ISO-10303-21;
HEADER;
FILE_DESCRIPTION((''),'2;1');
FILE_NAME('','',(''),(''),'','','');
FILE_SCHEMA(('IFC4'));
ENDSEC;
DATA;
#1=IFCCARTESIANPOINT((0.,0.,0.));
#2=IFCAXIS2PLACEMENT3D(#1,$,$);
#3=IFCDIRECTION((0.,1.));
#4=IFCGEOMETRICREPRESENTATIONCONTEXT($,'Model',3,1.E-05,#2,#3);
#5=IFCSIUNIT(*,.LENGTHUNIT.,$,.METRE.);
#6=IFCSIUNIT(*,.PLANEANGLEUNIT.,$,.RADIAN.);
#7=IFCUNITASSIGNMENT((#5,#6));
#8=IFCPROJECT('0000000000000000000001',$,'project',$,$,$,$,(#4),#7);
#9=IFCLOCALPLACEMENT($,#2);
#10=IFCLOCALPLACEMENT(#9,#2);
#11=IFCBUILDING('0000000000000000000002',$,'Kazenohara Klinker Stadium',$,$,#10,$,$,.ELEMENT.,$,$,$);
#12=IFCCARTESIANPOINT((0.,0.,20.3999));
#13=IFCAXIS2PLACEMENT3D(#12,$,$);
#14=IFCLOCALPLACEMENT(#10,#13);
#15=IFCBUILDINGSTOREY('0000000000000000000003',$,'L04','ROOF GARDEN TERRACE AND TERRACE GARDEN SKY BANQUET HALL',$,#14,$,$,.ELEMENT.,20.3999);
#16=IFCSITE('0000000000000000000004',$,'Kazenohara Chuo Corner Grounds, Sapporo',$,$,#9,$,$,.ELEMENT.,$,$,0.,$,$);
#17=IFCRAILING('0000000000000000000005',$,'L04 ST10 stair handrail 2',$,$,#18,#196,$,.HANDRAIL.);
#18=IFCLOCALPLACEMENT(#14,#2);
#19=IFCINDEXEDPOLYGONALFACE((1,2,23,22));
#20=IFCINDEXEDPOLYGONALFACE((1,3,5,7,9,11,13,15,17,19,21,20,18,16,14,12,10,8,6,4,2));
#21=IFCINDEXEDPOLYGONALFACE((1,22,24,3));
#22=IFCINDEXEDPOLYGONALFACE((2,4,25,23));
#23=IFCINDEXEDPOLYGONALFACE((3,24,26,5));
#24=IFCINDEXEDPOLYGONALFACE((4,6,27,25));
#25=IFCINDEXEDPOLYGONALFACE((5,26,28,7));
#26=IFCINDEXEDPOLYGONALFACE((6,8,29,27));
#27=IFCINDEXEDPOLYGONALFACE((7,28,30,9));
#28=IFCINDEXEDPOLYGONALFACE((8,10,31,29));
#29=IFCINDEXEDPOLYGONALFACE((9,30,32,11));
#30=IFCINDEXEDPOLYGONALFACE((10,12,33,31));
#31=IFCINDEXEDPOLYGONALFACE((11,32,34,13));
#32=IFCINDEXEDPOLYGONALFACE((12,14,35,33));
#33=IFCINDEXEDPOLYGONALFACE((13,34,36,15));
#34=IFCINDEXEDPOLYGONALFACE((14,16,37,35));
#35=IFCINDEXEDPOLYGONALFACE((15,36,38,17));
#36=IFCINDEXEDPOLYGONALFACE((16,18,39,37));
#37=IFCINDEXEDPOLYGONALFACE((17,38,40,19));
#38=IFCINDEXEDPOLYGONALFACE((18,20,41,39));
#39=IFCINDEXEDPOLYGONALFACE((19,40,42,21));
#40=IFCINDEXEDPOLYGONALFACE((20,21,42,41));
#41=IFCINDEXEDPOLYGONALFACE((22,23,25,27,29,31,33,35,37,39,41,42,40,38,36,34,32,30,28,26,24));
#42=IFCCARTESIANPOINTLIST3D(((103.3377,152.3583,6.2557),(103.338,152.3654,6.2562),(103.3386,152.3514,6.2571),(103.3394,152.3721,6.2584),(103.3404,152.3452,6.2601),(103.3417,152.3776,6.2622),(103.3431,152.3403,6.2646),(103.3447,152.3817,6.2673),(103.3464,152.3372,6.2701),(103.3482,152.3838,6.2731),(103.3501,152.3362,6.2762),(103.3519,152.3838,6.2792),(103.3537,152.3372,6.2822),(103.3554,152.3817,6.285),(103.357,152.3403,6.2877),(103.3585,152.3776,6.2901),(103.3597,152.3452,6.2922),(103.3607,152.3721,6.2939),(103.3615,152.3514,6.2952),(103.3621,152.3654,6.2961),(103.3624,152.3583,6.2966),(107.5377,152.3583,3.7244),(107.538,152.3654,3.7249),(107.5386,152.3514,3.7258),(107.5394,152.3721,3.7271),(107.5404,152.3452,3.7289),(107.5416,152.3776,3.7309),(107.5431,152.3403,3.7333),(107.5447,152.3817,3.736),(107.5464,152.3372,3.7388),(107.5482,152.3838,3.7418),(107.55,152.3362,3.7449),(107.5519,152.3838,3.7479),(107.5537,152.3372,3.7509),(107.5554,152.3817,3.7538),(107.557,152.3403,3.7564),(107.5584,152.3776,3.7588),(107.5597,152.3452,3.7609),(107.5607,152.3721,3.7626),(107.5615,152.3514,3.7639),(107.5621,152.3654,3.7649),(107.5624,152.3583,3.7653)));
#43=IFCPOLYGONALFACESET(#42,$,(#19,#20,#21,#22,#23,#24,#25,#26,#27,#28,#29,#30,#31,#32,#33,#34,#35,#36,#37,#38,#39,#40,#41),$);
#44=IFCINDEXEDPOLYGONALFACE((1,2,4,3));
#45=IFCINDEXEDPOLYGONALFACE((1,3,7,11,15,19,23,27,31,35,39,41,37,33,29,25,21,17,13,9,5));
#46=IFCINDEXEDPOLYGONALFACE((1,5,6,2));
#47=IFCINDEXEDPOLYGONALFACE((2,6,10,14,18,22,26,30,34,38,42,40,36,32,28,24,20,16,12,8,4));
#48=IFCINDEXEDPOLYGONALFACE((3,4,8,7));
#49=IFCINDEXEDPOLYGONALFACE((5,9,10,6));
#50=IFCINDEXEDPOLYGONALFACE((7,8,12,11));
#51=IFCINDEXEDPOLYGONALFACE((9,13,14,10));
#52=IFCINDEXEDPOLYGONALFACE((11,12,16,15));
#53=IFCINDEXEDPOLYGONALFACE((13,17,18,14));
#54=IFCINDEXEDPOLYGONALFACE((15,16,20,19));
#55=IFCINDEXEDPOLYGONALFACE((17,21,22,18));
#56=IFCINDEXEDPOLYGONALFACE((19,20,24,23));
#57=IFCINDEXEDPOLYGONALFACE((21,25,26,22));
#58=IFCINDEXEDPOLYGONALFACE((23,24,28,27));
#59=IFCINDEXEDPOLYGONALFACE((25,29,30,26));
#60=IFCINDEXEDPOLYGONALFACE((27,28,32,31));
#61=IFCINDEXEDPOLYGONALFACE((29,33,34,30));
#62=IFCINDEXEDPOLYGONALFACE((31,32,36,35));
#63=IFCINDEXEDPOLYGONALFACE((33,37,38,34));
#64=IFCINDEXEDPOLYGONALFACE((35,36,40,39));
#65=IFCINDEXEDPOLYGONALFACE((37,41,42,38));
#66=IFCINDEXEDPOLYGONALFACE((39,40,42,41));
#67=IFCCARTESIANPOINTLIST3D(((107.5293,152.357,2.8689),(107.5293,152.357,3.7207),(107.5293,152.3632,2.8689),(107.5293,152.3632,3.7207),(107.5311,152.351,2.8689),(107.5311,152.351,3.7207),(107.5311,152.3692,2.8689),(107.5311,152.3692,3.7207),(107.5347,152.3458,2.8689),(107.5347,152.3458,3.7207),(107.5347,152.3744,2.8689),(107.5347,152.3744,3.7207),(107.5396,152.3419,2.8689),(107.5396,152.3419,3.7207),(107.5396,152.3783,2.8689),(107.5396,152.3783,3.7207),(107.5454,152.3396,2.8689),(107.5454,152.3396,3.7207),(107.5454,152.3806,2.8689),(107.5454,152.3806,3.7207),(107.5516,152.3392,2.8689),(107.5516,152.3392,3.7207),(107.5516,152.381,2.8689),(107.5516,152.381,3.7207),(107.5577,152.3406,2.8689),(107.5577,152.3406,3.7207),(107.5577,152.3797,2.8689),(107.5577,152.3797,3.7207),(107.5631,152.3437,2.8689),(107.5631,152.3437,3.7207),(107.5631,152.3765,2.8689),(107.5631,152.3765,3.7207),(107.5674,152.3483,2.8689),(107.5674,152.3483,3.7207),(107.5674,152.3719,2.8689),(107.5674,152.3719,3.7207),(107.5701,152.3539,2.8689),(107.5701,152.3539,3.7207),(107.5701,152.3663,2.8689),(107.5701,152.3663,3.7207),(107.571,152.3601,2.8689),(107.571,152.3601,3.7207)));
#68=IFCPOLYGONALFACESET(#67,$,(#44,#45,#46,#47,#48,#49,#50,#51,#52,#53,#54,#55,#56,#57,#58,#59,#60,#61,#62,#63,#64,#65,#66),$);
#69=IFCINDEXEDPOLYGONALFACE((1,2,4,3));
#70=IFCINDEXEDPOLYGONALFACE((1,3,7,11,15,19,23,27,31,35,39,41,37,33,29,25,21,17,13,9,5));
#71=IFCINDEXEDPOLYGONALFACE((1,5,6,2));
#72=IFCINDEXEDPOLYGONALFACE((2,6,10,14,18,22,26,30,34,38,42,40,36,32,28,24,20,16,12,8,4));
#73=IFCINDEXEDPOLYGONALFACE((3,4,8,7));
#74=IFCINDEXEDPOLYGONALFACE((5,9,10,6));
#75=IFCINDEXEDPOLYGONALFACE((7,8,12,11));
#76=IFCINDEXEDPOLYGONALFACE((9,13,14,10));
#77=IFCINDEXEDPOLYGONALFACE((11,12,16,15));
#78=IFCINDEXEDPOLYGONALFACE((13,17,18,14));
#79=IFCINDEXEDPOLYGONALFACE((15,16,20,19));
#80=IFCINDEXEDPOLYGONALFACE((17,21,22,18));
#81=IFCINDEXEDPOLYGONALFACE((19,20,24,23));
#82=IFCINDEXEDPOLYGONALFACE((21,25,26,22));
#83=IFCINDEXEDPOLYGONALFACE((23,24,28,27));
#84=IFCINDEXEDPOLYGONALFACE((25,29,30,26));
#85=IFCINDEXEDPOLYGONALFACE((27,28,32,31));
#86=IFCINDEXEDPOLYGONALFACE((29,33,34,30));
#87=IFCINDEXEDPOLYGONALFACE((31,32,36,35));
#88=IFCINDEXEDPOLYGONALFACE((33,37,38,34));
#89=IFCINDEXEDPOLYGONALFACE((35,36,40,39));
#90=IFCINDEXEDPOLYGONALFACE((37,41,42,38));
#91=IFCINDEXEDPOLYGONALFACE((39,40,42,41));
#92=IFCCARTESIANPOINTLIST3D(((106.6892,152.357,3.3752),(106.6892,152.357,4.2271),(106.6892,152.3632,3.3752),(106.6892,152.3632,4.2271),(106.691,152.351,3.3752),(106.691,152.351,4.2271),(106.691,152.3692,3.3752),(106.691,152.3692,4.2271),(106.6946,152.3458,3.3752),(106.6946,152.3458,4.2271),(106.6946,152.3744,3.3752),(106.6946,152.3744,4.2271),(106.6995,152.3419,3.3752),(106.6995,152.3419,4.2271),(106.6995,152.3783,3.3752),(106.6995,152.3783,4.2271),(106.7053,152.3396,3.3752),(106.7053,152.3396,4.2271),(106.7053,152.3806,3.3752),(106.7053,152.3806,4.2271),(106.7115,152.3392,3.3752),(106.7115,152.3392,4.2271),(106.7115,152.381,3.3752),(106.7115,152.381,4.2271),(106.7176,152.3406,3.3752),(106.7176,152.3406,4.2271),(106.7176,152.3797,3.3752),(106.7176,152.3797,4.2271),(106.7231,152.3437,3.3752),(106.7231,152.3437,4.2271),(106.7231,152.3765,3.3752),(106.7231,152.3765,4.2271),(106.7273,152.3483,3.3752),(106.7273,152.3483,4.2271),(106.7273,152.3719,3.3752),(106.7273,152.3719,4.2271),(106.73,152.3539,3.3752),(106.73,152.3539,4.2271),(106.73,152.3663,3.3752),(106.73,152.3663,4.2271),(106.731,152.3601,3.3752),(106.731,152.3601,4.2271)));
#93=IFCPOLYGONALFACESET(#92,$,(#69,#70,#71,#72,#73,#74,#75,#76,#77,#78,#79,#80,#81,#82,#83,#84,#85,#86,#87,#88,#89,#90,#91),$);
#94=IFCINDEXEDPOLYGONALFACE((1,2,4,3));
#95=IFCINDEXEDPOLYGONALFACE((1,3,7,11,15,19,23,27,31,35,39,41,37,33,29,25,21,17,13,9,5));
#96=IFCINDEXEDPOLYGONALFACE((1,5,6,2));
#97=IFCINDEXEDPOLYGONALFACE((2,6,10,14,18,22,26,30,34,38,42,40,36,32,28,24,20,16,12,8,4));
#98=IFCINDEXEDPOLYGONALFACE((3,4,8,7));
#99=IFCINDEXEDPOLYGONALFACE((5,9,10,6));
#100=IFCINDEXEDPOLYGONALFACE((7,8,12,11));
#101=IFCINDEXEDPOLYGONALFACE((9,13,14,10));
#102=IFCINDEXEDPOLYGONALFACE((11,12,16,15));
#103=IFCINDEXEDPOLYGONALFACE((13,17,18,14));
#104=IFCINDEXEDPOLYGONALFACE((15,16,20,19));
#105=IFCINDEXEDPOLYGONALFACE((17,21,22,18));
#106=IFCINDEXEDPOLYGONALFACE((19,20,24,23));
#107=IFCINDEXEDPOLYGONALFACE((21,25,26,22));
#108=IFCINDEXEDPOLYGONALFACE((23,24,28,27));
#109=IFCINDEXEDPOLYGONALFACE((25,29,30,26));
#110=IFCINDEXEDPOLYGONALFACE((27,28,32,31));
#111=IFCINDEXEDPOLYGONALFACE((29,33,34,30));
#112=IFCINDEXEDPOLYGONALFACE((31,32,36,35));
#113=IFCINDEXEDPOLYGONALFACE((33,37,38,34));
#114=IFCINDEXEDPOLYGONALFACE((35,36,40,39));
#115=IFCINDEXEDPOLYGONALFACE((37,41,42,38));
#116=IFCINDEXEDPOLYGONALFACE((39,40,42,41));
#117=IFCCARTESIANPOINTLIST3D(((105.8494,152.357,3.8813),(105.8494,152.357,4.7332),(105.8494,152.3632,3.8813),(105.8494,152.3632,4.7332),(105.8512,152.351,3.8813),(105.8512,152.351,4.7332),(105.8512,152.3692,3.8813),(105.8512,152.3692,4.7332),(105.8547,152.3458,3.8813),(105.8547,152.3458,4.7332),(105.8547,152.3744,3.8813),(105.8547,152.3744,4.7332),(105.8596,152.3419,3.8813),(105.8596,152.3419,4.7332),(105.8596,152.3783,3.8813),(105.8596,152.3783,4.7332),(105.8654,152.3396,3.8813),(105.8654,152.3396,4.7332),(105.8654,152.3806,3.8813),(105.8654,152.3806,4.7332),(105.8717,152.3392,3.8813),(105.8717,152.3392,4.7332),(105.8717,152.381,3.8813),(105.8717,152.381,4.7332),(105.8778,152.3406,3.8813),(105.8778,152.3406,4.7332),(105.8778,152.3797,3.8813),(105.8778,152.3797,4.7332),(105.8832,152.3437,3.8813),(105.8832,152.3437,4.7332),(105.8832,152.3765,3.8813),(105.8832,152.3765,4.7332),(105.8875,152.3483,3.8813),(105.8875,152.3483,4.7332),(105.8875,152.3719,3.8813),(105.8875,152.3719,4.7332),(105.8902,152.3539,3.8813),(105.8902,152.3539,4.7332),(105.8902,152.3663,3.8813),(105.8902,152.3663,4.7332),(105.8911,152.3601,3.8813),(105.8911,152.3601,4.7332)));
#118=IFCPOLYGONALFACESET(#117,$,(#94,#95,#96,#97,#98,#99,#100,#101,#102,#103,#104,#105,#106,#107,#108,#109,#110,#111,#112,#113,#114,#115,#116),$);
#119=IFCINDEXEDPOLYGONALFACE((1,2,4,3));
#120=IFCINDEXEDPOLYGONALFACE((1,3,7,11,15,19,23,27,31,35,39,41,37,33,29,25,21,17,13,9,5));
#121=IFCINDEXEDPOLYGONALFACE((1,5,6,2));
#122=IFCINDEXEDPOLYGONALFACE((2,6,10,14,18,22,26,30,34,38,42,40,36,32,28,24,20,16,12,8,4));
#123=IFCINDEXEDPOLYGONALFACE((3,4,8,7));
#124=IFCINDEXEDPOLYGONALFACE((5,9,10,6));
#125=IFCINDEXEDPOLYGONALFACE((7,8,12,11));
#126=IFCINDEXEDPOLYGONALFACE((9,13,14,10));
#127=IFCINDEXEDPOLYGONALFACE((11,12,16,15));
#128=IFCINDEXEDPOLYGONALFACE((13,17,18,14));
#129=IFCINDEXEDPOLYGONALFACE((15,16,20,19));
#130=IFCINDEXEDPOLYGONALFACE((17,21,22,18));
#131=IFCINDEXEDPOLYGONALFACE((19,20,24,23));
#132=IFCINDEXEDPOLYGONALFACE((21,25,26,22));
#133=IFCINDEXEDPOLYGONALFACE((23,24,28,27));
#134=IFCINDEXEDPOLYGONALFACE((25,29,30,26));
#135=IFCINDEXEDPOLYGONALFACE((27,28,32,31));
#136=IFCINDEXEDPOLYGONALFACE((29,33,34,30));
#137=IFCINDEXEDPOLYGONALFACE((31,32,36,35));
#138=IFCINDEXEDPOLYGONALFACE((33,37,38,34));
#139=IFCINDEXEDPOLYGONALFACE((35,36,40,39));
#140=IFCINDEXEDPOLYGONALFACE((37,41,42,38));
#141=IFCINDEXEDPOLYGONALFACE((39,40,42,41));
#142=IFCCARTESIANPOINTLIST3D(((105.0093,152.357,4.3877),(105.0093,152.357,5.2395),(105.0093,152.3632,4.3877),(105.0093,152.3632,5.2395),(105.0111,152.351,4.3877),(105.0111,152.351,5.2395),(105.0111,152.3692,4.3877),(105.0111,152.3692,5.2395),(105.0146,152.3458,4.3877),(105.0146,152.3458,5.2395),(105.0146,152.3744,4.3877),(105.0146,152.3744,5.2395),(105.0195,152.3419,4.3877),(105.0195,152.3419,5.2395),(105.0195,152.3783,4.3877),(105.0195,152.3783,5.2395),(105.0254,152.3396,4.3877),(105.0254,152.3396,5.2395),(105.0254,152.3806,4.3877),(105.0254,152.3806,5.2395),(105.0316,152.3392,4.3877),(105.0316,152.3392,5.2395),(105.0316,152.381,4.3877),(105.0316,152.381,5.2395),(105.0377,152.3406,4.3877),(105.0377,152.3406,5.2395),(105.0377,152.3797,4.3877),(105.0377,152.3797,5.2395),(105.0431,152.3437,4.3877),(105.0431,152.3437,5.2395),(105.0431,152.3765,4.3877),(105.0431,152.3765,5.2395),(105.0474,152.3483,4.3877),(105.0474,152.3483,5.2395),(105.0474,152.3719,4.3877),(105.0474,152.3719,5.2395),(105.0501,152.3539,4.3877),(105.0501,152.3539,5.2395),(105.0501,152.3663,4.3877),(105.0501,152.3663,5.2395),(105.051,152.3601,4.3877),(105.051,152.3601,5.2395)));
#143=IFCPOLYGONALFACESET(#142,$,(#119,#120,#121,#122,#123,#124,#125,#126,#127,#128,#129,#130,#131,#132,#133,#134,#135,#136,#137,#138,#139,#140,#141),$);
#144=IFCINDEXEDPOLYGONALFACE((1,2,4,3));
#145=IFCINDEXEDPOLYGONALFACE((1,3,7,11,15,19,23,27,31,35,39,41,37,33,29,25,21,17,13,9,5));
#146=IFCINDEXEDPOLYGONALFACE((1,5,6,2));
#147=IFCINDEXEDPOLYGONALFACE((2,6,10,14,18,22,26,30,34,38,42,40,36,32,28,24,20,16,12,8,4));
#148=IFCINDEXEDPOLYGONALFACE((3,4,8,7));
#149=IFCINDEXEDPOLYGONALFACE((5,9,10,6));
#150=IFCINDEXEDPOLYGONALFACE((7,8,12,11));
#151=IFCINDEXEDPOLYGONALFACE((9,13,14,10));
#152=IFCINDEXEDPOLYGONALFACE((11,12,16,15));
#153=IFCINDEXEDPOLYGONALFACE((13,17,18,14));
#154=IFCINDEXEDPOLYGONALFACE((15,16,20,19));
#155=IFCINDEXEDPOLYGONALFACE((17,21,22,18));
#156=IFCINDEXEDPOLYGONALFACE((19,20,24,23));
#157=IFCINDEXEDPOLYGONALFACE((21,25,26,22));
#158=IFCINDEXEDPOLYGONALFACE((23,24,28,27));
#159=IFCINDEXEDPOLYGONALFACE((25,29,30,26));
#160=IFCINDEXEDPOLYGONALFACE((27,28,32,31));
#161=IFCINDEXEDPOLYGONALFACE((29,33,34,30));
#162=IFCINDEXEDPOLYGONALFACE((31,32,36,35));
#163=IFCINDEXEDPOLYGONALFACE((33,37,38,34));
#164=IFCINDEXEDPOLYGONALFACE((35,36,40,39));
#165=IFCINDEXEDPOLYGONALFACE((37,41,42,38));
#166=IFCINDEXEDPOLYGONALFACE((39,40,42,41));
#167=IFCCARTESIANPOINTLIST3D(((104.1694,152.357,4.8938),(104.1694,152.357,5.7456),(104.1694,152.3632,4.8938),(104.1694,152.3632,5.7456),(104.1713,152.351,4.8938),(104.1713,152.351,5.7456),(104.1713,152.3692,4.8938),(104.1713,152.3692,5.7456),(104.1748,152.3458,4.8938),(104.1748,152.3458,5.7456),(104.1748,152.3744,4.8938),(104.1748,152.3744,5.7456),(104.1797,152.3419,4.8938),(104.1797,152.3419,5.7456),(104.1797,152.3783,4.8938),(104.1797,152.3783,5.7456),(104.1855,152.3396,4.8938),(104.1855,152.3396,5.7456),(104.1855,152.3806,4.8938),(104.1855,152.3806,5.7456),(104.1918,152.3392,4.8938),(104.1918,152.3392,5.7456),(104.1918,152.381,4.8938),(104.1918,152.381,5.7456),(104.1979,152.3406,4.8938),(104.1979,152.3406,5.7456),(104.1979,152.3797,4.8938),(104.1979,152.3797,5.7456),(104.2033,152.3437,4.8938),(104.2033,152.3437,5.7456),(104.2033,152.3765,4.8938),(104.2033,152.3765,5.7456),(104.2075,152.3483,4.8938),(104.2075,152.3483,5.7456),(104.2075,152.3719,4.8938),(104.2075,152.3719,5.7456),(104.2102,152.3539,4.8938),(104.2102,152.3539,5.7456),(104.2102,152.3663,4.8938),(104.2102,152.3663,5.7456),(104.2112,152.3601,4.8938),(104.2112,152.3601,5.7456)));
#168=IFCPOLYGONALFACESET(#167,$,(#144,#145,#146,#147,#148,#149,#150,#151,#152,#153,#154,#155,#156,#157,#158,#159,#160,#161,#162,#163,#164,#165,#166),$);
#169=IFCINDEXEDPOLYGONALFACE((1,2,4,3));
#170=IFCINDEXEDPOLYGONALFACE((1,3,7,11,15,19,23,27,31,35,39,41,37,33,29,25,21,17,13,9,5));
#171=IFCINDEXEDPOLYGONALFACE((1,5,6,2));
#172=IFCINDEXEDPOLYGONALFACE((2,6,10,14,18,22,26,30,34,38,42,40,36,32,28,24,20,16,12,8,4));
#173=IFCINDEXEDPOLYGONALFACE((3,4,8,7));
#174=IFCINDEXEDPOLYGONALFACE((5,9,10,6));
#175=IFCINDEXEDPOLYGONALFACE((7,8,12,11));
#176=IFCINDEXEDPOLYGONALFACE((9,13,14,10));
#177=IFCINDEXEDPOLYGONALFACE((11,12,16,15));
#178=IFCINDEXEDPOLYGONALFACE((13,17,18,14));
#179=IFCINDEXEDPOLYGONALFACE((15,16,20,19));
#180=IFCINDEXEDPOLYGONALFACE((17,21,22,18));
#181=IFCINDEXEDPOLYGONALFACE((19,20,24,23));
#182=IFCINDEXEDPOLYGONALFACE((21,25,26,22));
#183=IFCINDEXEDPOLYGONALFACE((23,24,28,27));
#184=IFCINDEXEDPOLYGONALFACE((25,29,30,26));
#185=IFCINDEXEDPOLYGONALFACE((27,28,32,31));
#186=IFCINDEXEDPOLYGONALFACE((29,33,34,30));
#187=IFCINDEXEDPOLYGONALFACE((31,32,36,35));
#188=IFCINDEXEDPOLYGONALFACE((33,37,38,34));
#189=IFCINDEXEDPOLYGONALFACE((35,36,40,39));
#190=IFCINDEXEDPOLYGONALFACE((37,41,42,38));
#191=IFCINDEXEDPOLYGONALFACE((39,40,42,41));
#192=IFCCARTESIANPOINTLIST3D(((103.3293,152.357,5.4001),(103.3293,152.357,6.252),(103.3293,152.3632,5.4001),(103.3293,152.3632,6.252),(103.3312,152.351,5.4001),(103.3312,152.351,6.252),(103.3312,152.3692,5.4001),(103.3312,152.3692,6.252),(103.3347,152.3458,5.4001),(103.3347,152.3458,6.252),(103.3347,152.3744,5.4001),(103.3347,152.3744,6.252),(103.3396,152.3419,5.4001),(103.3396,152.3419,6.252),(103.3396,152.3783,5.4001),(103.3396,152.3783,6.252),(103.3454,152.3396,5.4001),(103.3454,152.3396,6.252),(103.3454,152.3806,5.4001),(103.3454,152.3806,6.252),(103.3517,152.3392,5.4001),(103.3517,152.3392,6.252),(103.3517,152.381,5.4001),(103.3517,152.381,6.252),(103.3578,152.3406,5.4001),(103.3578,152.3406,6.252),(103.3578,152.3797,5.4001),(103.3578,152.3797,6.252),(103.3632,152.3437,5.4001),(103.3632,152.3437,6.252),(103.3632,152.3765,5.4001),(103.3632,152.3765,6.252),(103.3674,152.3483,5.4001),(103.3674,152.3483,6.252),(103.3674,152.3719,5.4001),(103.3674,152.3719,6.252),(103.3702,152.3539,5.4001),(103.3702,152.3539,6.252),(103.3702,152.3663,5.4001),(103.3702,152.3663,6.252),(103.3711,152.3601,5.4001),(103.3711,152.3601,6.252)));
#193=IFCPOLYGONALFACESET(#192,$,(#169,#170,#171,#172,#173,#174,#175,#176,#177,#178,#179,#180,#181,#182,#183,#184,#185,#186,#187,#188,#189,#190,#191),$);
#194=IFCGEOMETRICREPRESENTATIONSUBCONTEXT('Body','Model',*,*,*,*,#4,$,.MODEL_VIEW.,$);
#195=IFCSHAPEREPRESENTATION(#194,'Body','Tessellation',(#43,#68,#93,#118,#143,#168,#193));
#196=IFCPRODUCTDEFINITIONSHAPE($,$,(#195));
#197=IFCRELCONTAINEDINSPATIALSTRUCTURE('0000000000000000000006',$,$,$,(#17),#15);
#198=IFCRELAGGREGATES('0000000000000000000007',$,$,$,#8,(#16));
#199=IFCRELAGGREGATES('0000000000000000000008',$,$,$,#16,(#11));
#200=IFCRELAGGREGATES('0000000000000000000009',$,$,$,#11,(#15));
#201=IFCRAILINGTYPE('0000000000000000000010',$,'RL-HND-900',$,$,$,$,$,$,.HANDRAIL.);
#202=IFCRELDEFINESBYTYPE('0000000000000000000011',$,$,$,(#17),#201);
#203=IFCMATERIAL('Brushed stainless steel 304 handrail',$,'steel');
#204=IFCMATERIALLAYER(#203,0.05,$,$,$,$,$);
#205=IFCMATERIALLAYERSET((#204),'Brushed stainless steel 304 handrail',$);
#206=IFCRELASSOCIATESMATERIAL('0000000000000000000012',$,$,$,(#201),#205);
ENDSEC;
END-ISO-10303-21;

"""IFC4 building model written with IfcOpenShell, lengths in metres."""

from ifc_helpers import new_model, si_unit, direction, frame, origin, origin_2d, place, context, subcontext, project, spatial, circle, extrude, material, layer, layer_set, type_object, element, save


model = new_model("IFC4")

# Units and contexts
model_context = context("Model", 3, precision=1e-05, world=origin(), true_north=direction((0.0, 1.0)))
body_context = subcontext(model_context, "Body", "Model", "MODEL_VIEW")
ifc_project = project(units=[si_unit("LENGTHUNIT", "METRE"), si_unit("PLANEANGLEUNIT", "RADIAN")], contexts=[model_context])

# Site, building, storey
site_placement = place(None, origin())
site = spatial("IfcSite", under=ifc_project, at=site_placement, Name="Kazenohara Chuo Corner Grounds, Sapporo", CompositionType="ELEMENT", RefElevation=0.0)
building_placement = place(site_placement, origin())
building = spatial("IfcBuilding", under=site, at=building_placement, Name="Kazenohara Klinker Stadium", CompositionType="ELEMENT")
storey_placement = place(building_placement, frame((0.0, 0.0, 20.3999)))
storey = spatial("IfcBuildingStorey", under=building, at=storey_placement, Name="L04", Description="ROOF GARDEN TERRACE AND TERRACE GARDEN SKY BANQUET HALL", CompositionType="ELEMENT", Elevation=20.3999)

# Railing
ifc_material_1 = material(Name="Brushed stainless steel 304 handrail", Category="steel")
ifc_layer_1 = layer(ifc_material_1, 0.05)
ifc_layer_set_1 = layer_set([ifc_layer_1], Name="Brushed stainless steel 304 handrail")
railing_type_1 = type_object("IfcRailingType", Name="RL-HND-900", PredefinedType="HANDRAIL", material=ifc_layer_set_1)
railing_1_placement = place(storey_placement, frame((107.55, 152.3601, 2.8689)))
element("IfcRailing", 1, at=railing_1_placement, inside=storey, type_object=railing_type_1, Name="L04 ST10 stair handrail 2", PredefinedType="HANDRAIL", context=body_context, shape_type="SweptSolid", body=[
    extrude(circle(Radius=0.0239, at=origin_2d()), frame((0.0, 0.0, 0.876), z_axis=(-0.856476, 0.0, 0.516186), x_axis=(0.0, -1.0, 0.0)), (0.0, 0.0, 1.0), 4.9038),
    extrude(circle(Radius=0.021, at=origin_2d()), origin(), (0.0, 0.0, 1.0), 0.8518),
    extrude(circle(Radius=0.021, at=origin_2d()), frame((-0.8401, 0.0, 0.5063)), (0.0, 0.0, 1.0), 0.8518),
    extrude(circle(Radius=0.021, at=origin_2d()), frame((-1.6799, 0.0, 1.0125)), (0.0, 0.0, 1.0), 0.8518),
    extrude(circle(Radius=0.021, at=origin_2d()), frame((-2.52, 0.0, 1.5188)), (0.0, 0.0, 1.0), 0.8518),
    extrude(circle(Radius=0.021, at=origin_2d()), frame((-3.3599, 0.0, 2.0249)), (0.0, 0.0, 1.0), 0.8518),
    extrude(circle(Radius=0.021, at=origin_2d()), frame((-4.2, 0.0, 2.5312)), (0.0, 0.0, 1.0), 0.8518),
])

save(model, "model.ifc")
